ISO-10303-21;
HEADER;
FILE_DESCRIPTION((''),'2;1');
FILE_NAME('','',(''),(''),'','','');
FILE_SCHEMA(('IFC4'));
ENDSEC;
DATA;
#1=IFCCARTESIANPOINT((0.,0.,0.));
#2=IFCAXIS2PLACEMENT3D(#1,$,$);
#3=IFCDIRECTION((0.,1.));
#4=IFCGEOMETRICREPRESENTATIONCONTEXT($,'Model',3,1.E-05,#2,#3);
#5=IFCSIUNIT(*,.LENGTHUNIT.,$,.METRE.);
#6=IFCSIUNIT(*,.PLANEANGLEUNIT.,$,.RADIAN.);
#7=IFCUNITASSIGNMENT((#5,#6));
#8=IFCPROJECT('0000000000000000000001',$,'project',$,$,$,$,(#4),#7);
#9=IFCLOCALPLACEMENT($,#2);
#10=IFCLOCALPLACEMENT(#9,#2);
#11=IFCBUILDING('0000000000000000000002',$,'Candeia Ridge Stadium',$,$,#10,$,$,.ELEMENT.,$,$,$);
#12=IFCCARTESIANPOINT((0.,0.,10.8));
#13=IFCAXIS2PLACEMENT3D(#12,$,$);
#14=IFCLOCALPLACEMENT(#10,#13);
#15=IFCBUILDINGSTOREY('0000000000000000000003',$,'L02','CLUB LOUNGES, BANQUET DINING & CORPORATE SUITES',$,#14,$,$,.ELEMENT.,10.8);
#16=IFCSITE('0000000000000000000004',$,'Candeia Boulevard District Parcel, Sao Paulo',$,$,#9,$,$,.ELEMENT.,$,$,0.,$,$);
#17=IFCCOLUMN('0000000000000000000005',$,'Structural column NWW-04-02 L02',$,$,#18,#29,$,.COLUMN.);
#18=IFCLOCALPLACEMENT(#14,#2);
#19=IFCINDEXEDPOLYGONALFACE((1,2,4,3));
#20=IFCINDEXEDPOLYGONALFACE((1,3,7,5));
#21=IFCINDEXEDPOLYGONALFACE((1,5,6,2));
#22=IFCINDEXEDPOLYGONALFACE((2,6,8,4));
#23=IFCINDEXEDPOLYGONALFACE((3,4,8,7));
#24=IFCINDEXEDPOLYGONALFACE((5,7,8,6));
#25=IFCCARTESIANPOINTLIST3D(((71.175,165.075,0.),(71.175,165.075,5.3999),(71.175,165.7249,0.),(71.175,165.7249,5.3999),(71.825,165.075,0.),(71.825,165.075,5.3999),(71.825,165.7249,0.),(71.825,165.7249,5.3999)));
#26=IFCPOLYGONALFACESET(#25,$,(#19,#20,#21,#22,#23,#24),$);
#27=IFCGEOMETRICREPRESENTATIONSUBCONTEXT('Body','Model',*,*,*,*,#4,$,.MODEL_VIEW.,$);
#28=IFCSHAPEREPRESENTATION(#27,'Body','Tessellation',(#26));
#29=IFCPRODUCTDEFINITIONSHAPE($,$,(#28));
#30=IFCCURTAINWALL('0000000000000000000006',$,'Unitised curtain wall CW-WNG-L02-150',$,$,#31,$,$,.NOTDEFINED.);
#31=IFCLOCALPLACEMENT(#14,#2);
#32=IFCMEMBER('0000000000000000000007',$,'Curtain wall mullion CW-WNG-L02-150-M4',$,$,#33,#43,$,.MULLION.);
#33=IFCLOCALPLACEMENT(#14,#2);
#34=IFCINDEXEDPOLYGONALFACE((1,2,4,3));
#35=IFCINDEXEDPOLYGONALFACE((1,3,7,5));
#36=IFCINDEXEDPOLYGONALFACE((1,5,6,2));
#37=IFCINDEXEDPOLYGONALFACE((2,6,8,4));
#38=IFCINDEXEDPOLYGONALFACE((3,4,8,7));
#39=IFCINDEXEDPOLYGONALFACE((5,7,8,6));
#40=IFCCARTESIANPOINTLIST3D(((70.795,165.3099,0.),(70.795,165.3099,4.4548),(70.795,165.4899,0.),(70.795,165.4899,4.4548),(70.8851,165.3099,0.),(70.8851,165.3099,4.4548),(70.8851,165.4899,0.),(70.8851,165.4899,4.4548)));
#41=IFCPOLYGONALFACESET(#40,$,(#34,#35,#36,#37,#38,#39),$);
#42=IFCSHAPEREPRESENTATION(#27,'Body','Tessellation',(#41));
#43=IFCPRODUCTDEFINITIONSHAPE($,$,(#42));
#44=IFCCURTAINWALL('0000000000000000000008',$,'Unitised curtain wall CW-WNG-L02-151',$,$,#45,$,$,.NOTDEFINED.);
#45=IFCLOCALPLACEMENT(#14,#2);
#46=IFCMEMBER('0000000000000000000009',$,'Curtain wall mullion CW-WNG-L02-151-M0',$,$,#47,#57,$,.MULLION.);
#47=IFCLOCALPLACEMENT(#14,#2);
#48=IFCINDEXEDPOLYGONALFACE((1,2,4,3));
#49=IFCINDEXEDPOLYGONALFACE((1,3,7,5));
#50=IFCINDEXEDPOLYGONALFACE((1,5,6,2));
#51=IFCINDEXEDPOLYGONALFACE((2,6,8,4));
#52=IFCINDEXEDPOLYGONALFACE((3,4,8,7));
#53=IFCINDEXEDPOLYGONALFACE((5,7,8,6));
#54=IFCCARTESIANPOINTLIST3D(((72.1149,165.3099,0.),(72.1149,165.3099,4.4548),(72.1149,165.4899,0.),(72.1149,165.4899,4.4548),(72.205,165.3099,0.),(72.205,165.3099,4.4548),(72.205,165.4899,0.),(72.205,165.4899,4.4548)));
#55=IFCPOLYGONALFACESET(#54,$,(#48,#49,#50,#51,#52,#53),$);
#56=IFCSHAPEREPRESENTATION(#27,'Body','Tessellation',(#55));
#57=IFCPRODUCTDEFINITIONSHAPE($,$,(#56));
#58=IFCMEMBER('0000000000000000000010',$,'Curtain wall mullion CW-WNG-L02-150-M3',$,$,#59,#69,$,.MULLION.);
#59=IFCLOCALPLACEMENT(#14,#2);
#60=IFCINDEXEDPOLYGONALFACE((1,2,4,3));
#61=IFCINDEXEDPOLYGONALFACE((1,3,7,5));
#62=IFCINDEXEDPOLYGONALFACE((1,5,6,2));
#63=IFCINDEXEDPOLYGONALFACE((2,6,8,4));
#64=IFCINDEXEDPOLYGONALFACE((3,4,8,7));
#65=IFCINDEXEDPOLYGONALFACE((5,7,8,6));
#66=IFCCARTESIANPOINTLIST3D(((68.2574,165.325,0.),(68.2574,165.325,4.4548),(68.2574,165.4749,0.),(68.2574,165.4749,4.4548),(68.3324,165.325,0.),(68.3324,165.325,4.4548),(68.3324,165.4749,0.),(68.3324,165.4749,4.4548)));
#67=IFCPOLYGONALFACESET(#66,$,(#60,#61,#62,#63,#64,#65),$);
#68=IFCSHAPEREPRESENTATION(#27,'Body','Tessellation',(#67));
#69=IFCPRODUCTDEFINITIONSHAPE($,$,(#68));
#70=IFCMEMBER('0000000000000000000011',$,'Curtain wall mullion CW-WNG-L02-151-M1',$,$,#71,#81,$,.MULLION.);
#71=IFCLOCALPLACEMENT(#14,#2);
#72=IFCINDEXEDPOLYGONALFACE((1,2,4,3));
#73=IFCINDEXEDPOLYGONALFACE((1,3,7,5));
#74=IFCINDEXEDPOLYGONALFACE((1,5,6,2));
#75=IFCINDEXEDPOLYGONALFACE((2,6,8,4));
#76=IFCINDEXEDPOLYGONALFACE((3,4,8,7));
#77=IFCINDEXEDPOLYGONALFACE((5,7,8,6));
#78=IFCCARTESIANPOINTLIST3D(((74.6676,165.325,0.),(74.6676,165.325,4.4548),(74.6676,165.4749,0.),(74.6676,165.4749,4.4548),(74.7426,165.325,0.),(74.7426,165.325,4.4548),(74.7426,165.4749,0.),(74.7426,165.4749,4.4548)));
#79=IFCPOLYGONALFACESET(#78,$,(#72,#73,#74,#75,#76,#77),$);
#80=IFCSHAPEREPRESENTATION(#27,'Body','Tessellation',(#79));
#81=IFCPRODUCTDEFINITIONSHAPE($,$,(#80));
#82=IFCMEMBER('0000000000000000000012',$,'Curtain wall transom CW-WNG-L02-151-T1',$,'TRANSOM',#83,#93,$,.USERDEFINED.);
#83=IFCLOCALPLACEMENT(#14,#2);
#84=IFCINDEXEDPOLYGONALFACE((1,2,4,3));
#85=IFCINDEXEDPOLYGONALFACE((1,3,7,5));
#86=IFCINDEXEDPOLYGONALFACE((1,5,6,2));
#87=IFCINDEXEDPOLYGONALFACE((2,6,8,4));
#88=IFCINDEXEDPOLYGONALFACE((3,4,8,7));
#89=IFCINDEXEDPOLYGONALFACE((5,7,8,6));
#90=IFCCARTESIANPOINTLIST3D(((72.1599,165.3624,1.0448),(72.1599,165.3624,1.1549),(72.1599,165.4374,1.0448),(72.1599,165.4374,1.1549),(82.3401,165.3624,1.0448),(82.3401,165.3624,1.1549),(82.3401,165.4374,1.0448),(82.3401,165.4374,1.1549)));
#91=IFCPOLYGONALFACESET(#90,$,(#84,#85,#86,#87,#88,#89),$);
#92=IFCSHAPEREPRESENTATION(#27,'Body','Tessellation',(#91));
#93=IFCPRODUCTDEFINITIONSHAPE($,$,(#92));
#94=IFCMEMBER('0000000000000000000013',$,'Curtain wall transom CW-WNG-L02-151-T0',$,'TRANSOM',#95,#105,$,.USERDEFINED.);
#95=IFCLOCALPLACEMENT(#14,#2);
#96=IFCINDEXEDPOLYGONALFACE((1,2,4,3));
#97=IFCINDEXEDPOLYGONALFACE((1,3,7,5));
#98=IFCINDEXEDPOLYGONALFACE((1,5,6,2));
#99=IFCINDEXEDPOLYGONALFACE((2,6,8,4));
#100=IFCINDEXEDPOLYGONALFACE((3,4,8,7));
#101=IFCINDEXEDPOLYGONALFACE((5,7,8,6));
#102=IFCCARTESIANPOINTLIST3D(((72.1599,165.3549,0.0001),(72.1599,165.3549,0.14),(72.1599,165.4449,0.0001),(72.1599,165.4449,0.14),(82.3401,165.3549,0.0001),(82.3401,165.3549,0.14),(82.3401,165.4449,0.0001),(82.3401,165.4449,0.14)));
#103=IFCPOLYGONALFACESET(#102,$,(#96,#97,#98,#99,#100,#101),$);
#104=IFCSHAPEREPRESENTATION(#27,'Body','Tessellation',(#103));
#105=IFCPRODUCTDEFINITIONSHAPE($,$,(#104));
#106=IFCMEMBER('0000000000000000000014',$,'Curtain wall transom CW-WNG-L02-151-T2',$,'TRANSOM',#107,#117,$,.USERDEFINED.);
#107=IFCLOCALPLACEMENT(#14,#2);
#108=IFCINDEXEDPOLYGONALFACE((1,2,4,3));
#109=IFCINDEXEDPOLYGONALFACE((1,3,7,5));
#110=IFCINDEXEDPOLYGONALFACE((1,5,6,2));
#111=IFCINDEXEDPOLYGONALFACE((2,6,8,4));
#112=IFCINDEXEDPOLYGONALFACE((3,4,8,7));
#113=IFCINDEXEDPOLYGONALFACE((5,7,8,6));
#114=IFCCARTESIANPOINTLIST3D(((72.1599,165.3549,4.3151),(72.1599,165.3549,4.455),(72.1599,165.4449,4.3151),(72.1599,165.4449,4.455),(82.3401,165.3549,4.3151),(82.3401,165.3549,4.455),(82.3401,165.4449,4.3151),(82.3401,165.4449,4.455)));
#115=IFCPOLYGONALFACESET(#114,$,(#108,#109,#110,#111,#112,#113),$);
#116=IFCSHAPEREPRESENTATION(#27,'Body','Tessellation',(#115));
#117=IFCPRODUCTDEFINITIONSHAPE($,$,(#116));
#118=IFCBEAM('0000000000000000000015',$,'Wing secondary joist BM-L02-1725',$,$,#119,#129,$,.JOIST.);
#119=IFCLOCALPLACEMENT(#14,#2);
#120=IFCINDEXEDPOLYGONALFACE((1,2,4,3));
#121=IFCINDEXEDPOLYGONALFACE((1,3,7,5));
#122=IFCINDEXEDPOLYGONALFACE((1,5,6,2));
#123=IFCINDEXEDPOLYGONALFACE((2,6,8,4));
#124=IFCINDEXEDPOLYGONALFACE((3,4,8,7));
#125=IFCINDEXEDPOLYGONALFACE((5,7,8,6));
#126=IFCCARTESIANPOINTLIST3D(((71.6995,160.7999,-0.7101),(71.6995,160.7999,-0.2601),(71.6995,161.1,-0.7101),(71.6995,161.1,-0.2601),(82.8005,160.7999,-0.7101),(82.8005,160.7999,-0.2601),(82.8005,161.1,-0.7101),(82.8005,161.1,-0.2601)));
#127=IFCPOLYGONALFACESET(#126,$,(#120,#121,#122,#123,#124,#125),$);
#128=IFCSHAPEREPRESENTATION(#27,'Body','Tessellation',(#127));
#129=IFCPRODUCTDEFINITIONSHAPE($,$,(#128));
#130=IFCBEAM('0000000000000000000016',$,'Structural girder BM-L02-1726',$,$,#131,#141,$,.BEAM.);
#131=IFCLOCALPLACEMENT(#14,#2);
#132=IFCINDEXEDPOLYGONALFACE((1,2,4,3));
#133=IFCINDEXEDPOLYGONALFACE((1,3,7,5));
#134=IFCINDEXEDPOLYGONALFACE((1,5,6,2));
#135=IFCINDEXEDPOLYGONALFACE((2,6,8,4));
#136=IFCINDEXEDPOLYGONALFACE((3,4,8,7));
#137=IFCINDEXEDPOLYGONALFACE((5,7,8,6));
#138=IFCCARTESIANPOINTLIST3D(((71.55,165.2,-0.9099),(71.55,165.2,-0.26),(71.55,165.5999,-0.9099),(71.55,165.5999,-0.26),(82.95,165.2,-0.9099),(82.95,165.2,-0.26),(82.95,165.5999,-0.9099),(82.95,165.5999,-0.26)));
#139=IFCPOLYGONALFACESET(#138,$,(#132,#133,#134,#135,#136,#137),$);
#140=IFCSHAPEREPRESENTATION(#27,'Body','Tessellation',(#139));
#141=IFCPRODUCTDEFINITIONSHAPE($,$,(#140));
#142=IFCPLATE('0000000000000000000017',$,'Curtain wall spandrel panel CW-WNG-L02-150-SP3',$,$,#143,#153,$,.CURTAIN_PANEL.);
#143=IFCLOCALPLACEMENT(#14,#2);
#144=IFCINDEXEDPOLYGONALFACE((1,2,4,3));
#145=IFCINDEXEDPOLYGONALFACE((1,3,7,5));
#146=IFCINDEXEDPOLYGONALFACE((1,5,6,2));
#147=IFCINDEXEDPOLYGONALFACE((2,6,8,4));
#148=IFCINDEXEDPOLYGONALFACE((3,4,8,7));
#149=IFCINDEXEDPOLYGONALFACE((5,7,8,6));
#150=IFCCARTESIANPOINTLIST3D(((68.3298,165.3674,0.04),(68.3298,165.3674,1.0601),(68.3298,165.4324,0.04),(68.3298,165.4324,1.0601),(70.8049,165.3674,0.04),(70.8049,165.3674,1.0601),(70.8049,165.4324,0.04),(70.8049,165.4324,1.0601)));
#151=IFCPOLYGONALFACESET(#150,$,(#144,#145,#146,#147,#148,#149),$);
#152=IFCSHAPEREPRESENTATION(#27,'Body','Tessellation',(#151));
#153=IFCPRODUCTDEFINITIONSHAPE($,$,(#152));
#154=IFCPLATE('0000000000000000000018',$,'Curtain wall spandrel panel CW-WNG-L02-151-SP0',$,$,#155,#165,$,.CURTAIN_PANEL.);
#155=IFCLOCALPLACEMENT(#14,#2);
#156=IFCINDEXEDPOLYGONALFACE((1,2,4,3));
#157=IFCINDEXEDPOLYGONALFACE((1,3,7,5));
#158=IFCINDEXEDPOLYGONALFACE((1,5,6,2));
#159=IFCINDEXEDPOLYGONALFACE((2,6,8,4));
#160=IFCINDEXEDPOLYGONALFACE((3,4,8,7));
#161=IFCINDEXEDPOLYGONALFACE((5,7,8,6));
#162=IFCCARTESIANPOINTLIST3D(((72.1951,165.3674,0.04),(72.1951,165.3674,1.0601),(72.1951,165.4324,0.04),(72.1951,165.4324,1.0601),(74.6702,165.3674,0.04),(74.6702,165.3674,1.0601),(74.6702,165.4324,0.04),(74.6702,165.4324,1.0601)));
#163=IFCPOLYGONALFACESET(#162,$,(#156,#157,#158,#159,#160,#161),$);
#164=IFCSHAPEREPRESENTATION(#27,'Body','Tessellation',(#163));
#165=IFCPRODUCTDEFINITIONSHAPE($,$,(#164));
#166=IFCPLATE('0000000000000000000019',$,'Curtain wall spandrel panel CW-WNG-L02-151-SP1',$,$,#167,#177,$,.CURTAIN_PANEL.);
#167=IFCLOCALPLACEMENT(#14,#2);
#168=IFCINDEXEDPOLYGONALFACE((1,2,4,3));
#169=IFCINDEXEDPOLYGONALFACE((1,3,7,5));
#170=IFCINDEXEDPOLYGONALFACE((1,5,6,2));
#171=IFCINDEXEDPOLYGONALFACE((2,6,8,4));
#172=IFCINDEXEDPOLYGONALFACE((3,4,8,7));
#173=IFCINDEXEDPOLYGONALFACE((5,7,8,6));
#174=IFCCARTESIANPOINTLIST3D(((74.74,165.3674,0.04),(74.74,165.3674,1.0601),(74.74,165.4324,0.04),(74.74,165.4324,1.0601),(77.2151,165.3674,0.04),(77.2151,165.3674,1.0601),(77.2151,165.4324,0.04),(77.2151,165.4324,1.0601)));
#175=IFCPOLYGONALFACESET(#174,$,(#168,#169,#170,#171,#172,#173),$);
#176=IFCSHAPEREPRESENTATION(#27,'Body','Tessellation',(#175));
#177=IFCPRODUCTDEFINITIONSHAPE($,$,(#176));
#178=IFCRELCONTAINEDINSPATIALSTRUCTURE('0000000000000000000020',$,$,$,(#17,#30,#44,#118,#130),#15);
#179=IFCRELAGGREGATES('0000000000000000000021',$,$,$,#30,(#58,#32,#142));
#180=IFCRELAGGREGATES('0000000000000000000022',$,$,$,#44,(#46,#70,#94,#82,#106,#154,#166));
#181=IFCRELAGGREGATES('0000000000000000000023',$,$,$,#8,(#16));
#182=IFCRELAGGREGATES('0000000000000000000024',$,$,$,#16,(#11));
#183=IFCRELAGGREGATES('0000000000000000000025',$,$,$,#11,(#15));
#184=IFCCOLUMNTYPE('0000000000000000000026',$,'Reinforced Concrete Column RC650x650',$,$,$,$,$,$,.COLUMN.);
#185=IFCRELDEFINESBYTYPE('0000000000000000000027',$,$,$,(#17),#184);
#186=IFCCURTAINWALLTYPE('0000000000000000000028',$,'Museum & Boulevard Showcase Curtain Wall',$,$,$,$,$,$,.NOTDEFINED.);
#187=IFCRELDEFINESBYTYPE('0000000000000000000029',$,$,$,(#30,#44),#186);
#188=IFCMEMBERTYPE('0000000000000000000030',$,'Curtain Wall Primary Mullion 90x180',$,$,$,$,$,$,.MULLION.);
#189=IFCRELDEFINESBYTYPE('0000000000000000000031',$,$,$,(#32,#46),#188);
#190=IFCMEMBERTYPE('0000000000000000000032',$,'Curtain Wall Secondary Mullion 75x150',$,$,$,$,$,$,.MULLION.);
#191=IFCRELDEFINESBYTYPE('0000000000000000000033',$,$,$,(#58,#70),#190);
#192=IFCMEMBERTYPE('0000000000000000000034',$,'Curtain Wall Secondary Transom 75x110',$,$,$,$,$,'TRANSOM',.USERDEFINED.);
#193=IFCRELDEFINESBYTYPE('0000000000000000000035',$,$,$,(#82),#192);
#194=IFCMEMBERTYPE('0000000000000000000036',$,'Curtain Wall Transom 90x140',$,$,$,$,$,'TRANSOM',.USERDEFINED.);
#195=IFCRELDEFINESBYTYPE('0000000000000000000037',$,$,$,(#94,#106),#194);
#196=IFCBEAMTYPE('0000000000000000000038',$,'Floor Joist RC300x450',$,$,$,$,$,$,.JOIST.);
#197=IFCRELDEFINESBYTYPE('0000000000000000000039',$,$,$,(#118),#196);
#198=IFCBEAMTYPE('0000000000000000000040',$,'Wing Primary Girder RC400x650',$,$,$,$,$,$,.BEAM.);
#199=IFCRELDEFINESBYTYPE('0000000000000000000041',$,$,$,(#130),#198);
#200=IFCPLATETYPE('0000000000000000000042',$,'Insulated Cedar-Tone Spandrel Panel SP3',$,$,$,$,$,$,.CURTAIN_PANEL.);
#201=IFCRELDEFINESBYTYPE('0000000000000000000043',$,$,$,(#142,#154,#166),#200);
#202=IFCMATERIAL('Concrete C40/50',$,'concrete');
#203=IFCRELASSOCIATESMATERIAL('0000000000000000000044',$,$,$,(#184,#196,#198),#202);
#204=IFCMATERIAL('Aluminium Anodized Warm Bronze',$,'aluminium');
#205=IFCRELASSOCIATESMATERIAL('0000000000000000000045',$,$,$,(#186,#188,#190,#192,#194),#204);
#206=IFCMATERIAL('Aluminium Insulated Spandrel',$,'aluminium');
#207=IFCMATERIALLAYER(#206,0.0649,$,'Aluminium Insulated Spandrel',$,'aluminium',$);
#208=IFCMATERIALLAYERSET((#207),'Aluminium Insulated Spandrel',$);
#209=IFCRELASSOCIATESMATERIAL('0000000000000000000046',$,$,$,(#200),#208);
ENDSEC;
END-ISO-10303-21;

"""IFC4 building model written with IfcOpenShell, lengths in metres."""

from ifc_helpers import new_model, si_unit, direction, frame, origin, origin_2d, place, context, subcontext, project, spatial, rectangle, extrude, material, layer, layer_set, material_profile, profile_set, type_object, element, aggregate, save


model = new_model("IFC4")

# Units and contexts
model_context = context("Model", 3, precision=1e-05, world=origin(), true_north=direction((0.0, 1.0)))
body_context = subcontext(model_context, "Body", "Model", "MODEL_VIEW")
ifc_project = project(units=[si_unit("LENGTHUNIT", "METRE"), si_unit("PLANEANGLEUNIT", "RADIAN")], contexts=[model_context])

# Site, building, storey
site_placement = place(None, origin())
site = spatial("IfcSite", under=ifc_project, at=site_placement, Name="Candeia Boulevard District Parcel, Sao Paulo", CompositionType="ELEMENT", RefElevation=0.0)
building_placement = place(site_placement, origin())
building = spatial("IfcBuilding", under=site, at=building_placement, Name="Candeia Ridge Stadium", CompositionType="ELEMENT")
storey_placement = place(building_placement, frame((0.0, 0.0, 10.8)))
storey = spatial("IfcBuildingStorey", under=building, at=storey_placement, Name="L02", Description="CLUB LOUNGES, BANQUET DINING & CORPORATE SUITES", CompositionType="ELEMENT", Elevation=10.8)

# Column
ifc_material_1 = material(Name="Concrete C40/50", Category="concrete")
ifc_material_profile_1 = material_profile(ifc_material_1, rectangle(XDim=0.6499, YDim=0.6499, at=origin_2d()), Name="RC650x650", Category="concrete")
ifc_profile_set_1 = profile_set([ifc_material_profile_1], Name="Concrete C40/50")
column_type = type_object("IfcColumnType", Name="Reinforced Concrete Column RC650x650", PredefinedType="COLUMN", material=ifc_profile_set_1)
column_placement = place(storey_placement, frame((71.5, 165.3999, 0.0), z_axis=(0.0, 0.0, 1.0), x_axis=(1.0, 0.0, 0.0)))
element("IfcColumn", 1, at=column_placement, inside=storey, type_object=column_type, Name="Structural column NWW-04-02 L02", PredefinedType="COLUMN", context=body_context, shape_type="SweptSolid", body=[
    extrude(rectangle(XDim=0.6499, YDim=0.6499, at=origin_2d()), origin(), (0.0, 0.0, 1.0), 5.3999),
])

# Curtain walls, members
ifc_material_2 = material(Name="Aluminium Anodized Warm Bronze", Category="aluminium")
curtain_wall_type = type_object("IfcCurtainWallType", Name="Museum & Boulevard Showcase Curtain Wall", PredefinedType="NOTDEFINED", material=ifc_material_2)
curtain_wall_1_placement = place(storey_placement, origin())
curtain_wall_1 = element("IfcCurtainWall", 2, at=curtain_wall_1_placement, inside=storey, type_object=curtain_wall_type, Name="Unitised curtain wall CW-WNG-L02-150", PredefinedType="NOTDEFINED")
ifc_material_profile_2 = material_profile(ifc_material_2, rectangle(XDim=0.0901, YDim=0.1799, at=origin_2d()), Name="CWM-90x180", Category="aluminium")
ifc_profile_set_2 = profile_set([ifc_material_profile_2], Name="Aluminium Anodized Warm Bronze")
member_type_1 = type_object("IfcMemberType", Name="Curtain Wall Primary Mullion 90x180", PredefinedType="MULLION", material=ifc_profile_set_2)
member_1_placement = place(storey_placement, frame((70.8401, 165.3999, 0.0), z_axis=(0.0, 0.0, 1.0), x_axis=(1.0, 0.0, 0.0)))
member_1 = element("IfcMember", 3, at=member_1_placement, type_object=member_type_1, Name="Curtain wall mullion CW-WNG-L02-150-M4", PredefinedType="MULLION", context=body_context, shape_type="SweptSolid", body=[
    extrude(rectangle(XDim=0.0901, YDim=0.1799, at=origin_2d()), origin(), (0.0, 0.0, 1.0), 4.4548),
])
curtain_wall_2_placement = place(storey_placement, origin())
curtain_wall_2 = element("IfcCurtainWall", 4, at=curtain_wall_2_placement, inside=storey, type_object=curtain_wall_type, Name="Unitised curtain wall CW-WNG-L02-151", PredefinedType="NOTDEFINED")
member_2_placement = place(storey_placement, frame((72.1599, 165.3999, 0.0), z_axis=(0.0, 0.0, 1.0), x_axis=(1.0, 0.0, 0.0)))
member_2 = element("IfcMember", 5, at=member_2_placement, type_object=member_type_1, Name="Curtain wall mullion CW-WNG-L02-151-M0", PredefinedType="MULLION", context=body_context, shape_type="SweptSolid", body=[
    extrude(rectangle(XDim=0.0901, YDim=0.1799, at=origin_2d()), origin(), (0.0, 0.0, 1.0), 4.4548),
])

# Members
ifc_material_profile_3 = material_profile(ifc_material_2, rectangle(XDim=0.075, YDim=0.1499, at=origin_2d()), Name="CWM-75x150", Category="aluminium")
ifc_profile_set_3 = profile_set([ifc_material_profile_3], Name="Aluminium Anodized Warm Bronze")
member_type_2 = type_object("IfcMemberType", Name="Curtain Wall Secondary Mullion 75x150", PredefinedType="MULLION", material=ifc_profile_set_3)
member_3_placement = place(storey_placement, frame((68.2949, 165.3999, 0.0), z_axis=(0.0, 0.0, 1.0), x_axis=(1.0, 0.0, 0.0)))
member_3 = element("IfcMember", 6, at=member_3_placement, type_object=member_type_2, Name="Curtain wall mullion CW-WNG-L02-150-M3", PredefinedType="MULLION", context=body_context, shape_type="SweptSolid", body=[
    extrude(rectangle(XDim=0.075, YDim=0.1499, at=origin_2d()), origin(), (0.0, 0.0, 1.0), 4.4548),
])
member_4_placement = place(storey_placement, frame((74.7051, 165.3999, 0.0), z_axis=(0.0, 0.0, 1.0), x_axis=(1.0, 0.0, 0.0)))
member_4 = element("IfcMember", 7, at=member_4_placement, type_object=member_type_2, Name="Curtain wall mullion CW-WNG-L02-151-M1", PredefinedType="MULLION", context=body_context, shape_type="SweptSolid", body=[
    extrude(rectangle(XDim=0.075, YDim=0.1499, at=origin_2d()), origin(), (0.0, 0.0, 1.0), 4.4548),
])
ifc_material_profile_4 = material_profile(ifc_material_2, rectangle(XDim=0.075, YDim=0.1101, at=origin_2d()), Name="CWT-75x110", Category="aluminium")
ifc_profile_set_4 = profile_set([ifc_material_profile_4], Name="Aluminium Anodized Warm Bronze")
member_type_3 = type_object("IfcMemberType", Name="Curtain Wall Secondary Transom 75x110", ElementType="TRANSOM", PredefinedType="USERDEFINED", material=ifc_profile_set_4)
member_5_placement = place(storey_placement, frame((72.1599, 165.3999, 1.0999), z_axis=(1.0, 0.0, 0.0), x_axis=(0.0, 1.0, 0.0)))
member_5 = element("IfcMember", 8, at=member_5_placement, type_object=member_type_3, Name="Curtain wall transom CW-WNG-L02-151-T1", ObjectType="TRANSOM", PredefinedType="USERDEFINED", context=body_context, shape_type="SweptSolid", body=[
    extrude(rectangle(XDim=0.075, YDim=0.1101, at=origin_2d()), origin(), (0.0, 0.0, 1.0), 10.1802),
])
ifc_material_profile_5 = material_profile(ifc_material_2, rectangle(XDim=0.0901, YDim=0.1399, at=origin_2d()), Name="CWT-90x140", Category="aluminium")
ifc_profile_set_5 = profile_set([ifc_material_profile_5], Name="Aluminium Anodized Warm Bronze")
member_type_4 = type_object("IfcMemberType", Name="Curtain Wall Transom 90x140", ElementType="TRANSOM", PredefinedType="USERDEFINED", material=ifc_profile_set_5)
member_6_placement = place(storey_placement, frame((72.1599, 165.3999, 0.0701), z_axis=(1.0, 0.0, 0.0), x_axis=(0.0, 1.0, 0.0)))
member_6 = element("IfcMember", 9, at=member_6_placement, type_object=member_type_4, Name="Curtain wall transom CW-WNG-L02-151-T0", ObjectType="TRANSOM", PredefinedType="USERDEFINED", context=body_context, shape_type="SweptSolid", body=[
    extrude(rectangle(XDim=0.0901, YDim=0.1399, at=origin_2d()), origin(), (0.0, 0.0, 1.0), 10.1802),
])
member_7_placement = place(storey_placement, frame((72.1599, 165.3999, 4.385), z_axis=(1.0, 0.0, 0.0), x_axis=(0.0, 1.0, 0.0)))
member_7 = element("IfcMember", 10, at=member_7_placement, type_object=member_type_4, Name="Curtain wall transom CW-WNG-L02-151-T2", ObjectType="TRANSOM", PredefinedType="USERDEFINED", context=body_context, shape_type="SweptSolid", body=[
    extrude(rectangle(XDim=0.0901, YDim=0.1399, at=origin_2d()), origin(), (0.0, 0.0, 1.0), 10.1802),
])

# Beams
ifc_material_profile_6 = material_profile(ifc_material_1, rectangle(XDim=0.3, YDim=0.45, at=origin_2d()), Name="RC300x450", Category="concrete")
ifc_profile_set_6 = profile_set([ifc_material_profile_6], Name="Concrete C40/50")
beam_type_1 = type_object("IfcBeamType", Name="Floor Joist RC300x450", PredefinedType="JOIST", material=ifc_profile_set_6)
beam_1_placement = place(storey_placement, frame((71.6995, 160.95, -0.4851), z_axis=(1.0, 0.0, 0.0), x_axis=(0.0, 1.0, 0.0)))
element("IfcBeam", 11, at=beam_1_placement, inside=storey, type_object=beam_type_1, Name="Wing secondary joist BM-L02-1725", PredefinedType="JOIST", context=body_context, shape_type="SweptSolid", body=[
    extrude(rectangle(XDim=0.3, YDim=0.45, at=origin_2d()), origin(), (0.0, 0.0, 1.0), 11.1011),
])
ifc_material_profile_7 = material_profile(ifc_material_1, rectangle(XDim=0.3999, YDim=0.6499, at=origin_2d()), Name="RC400x650", Category="concrete")
ifc_profile_set_7 = profile_set([ifc_material_profile_7], Name="Concrete C40/50")
beam_type_2 = type_object("IfcBeamType", Name="Wing Primary Girder RC400x650", PredefinedType="BEAM", material=ifc_profile_set_7)
beam_2_placement = place(storey_placement, frame((71.55, 165.3999, -0.585), z_axis=(1.0, 0.0, 0.0), x_axis=(0.0, 1.0, 0.0)))
element("IfcBeam", 12, at=beam_2_placement, inside=storey, type_object=beam_type_2, Name="Structural girder BM-L02-1726", PredefinedType="BEAM", context=body_context, shape_type="SweptSolid", body=[
    extrude(rectangle(XDim=0.3999, YDim=0.6499, at=origin_2d()), origin(), (0.0, 0.0, 1.0), 11.3999),
])

# Plates
ifc_material_3 = material(Name="Aluminium Insulated Spandrel", Category="aluminium")
ifc_layer_1 = layer(ifc_material_3, 0.0649, Name="Aluminium Insulated Spandrel", Category="aluminium")
ifc_layer_set_1 = layer_set([ifc_layer_1], Name="Aluminium Insulated Spandrel")
plate_type_1 = type_object("IfcPlateType", Name="Insulated Cedar-Tone Spandrel Panel SP3", PredefinedType="CURTAIN_PANEL", material=ifc_layer_set_1)
plate_1_placement = place(storey_placement, frame((69.5674, 165.3999, 0.04), z_axis=(0.0, 0.0, 1.0), x_axis=(1.0, 0.0, 0.0)))
plate_1 = element("IfcPlate", 13, at=plate_1_placement, type_object=plate_type_1, Name="Curtain wall spandrel panel CW-WNG-L02-150-SP3", PredefinedType="CURTAIN_PANEL", context=body_context, shape_type="SweptSolid", body=[
    extrude(rectangle(XDim=2.4751, YDim=0.0649, at=origin_2d()), origin(), (0.0, 0.0, 1.0), 1.02),
])
plate_2_placement = place(storey_placement, frame((73.4326, 165.3999, 0.04), z_axis=(0.0, 0.0, 1.0), x_axis=(1.0, 0.0, 0.0)))
plate_2 = element("IfcPlate", 14, at=plate_2_placement, type_object=plate_type_1, Name="Curtain wall spandrel panel CW-WNG-L02-151-SP0", PredefinedType="CURTAIN_PANEL", context=body_context, shape_type="SweptSolid", body=[
    extrude(rectangle(XDim=2.4751, YDim=0.0649, at=origin_2d()), origin(), (0.0, 0.0, 1.0), 1.02),
])
plate_3_placement = place(storey_placement, frame((75.9775, 165.3999, 0.04), z_axis=(0.0, 0.0, 1.0), x_axis=(1.0, 0.0, 0.0)))
plate_3 = element("IfcPlate", 15, at=plate_3_placement, type_object=plate_type_1, Name="Curtain wall spandrel panel CW-WNG-L02-151-SP1", PredefinedType="CURTAIN_PANEL", context=body_context, shape_type="SweptSolid", body=[
    extrude(rectangle(XDim=2.4751, YDim=0.0649, at=origin_2d()), origin(), (0.0, 0.0, 1.0), 1.02),
])
aggregate(curtain_wall_1, [member_3, member_1, plate_1])
aggregate(curtain_wall_2, [member_2, member_4, member_6, member_5, member_7, plate_2, plate_3])

save(model, "model.ifc")
